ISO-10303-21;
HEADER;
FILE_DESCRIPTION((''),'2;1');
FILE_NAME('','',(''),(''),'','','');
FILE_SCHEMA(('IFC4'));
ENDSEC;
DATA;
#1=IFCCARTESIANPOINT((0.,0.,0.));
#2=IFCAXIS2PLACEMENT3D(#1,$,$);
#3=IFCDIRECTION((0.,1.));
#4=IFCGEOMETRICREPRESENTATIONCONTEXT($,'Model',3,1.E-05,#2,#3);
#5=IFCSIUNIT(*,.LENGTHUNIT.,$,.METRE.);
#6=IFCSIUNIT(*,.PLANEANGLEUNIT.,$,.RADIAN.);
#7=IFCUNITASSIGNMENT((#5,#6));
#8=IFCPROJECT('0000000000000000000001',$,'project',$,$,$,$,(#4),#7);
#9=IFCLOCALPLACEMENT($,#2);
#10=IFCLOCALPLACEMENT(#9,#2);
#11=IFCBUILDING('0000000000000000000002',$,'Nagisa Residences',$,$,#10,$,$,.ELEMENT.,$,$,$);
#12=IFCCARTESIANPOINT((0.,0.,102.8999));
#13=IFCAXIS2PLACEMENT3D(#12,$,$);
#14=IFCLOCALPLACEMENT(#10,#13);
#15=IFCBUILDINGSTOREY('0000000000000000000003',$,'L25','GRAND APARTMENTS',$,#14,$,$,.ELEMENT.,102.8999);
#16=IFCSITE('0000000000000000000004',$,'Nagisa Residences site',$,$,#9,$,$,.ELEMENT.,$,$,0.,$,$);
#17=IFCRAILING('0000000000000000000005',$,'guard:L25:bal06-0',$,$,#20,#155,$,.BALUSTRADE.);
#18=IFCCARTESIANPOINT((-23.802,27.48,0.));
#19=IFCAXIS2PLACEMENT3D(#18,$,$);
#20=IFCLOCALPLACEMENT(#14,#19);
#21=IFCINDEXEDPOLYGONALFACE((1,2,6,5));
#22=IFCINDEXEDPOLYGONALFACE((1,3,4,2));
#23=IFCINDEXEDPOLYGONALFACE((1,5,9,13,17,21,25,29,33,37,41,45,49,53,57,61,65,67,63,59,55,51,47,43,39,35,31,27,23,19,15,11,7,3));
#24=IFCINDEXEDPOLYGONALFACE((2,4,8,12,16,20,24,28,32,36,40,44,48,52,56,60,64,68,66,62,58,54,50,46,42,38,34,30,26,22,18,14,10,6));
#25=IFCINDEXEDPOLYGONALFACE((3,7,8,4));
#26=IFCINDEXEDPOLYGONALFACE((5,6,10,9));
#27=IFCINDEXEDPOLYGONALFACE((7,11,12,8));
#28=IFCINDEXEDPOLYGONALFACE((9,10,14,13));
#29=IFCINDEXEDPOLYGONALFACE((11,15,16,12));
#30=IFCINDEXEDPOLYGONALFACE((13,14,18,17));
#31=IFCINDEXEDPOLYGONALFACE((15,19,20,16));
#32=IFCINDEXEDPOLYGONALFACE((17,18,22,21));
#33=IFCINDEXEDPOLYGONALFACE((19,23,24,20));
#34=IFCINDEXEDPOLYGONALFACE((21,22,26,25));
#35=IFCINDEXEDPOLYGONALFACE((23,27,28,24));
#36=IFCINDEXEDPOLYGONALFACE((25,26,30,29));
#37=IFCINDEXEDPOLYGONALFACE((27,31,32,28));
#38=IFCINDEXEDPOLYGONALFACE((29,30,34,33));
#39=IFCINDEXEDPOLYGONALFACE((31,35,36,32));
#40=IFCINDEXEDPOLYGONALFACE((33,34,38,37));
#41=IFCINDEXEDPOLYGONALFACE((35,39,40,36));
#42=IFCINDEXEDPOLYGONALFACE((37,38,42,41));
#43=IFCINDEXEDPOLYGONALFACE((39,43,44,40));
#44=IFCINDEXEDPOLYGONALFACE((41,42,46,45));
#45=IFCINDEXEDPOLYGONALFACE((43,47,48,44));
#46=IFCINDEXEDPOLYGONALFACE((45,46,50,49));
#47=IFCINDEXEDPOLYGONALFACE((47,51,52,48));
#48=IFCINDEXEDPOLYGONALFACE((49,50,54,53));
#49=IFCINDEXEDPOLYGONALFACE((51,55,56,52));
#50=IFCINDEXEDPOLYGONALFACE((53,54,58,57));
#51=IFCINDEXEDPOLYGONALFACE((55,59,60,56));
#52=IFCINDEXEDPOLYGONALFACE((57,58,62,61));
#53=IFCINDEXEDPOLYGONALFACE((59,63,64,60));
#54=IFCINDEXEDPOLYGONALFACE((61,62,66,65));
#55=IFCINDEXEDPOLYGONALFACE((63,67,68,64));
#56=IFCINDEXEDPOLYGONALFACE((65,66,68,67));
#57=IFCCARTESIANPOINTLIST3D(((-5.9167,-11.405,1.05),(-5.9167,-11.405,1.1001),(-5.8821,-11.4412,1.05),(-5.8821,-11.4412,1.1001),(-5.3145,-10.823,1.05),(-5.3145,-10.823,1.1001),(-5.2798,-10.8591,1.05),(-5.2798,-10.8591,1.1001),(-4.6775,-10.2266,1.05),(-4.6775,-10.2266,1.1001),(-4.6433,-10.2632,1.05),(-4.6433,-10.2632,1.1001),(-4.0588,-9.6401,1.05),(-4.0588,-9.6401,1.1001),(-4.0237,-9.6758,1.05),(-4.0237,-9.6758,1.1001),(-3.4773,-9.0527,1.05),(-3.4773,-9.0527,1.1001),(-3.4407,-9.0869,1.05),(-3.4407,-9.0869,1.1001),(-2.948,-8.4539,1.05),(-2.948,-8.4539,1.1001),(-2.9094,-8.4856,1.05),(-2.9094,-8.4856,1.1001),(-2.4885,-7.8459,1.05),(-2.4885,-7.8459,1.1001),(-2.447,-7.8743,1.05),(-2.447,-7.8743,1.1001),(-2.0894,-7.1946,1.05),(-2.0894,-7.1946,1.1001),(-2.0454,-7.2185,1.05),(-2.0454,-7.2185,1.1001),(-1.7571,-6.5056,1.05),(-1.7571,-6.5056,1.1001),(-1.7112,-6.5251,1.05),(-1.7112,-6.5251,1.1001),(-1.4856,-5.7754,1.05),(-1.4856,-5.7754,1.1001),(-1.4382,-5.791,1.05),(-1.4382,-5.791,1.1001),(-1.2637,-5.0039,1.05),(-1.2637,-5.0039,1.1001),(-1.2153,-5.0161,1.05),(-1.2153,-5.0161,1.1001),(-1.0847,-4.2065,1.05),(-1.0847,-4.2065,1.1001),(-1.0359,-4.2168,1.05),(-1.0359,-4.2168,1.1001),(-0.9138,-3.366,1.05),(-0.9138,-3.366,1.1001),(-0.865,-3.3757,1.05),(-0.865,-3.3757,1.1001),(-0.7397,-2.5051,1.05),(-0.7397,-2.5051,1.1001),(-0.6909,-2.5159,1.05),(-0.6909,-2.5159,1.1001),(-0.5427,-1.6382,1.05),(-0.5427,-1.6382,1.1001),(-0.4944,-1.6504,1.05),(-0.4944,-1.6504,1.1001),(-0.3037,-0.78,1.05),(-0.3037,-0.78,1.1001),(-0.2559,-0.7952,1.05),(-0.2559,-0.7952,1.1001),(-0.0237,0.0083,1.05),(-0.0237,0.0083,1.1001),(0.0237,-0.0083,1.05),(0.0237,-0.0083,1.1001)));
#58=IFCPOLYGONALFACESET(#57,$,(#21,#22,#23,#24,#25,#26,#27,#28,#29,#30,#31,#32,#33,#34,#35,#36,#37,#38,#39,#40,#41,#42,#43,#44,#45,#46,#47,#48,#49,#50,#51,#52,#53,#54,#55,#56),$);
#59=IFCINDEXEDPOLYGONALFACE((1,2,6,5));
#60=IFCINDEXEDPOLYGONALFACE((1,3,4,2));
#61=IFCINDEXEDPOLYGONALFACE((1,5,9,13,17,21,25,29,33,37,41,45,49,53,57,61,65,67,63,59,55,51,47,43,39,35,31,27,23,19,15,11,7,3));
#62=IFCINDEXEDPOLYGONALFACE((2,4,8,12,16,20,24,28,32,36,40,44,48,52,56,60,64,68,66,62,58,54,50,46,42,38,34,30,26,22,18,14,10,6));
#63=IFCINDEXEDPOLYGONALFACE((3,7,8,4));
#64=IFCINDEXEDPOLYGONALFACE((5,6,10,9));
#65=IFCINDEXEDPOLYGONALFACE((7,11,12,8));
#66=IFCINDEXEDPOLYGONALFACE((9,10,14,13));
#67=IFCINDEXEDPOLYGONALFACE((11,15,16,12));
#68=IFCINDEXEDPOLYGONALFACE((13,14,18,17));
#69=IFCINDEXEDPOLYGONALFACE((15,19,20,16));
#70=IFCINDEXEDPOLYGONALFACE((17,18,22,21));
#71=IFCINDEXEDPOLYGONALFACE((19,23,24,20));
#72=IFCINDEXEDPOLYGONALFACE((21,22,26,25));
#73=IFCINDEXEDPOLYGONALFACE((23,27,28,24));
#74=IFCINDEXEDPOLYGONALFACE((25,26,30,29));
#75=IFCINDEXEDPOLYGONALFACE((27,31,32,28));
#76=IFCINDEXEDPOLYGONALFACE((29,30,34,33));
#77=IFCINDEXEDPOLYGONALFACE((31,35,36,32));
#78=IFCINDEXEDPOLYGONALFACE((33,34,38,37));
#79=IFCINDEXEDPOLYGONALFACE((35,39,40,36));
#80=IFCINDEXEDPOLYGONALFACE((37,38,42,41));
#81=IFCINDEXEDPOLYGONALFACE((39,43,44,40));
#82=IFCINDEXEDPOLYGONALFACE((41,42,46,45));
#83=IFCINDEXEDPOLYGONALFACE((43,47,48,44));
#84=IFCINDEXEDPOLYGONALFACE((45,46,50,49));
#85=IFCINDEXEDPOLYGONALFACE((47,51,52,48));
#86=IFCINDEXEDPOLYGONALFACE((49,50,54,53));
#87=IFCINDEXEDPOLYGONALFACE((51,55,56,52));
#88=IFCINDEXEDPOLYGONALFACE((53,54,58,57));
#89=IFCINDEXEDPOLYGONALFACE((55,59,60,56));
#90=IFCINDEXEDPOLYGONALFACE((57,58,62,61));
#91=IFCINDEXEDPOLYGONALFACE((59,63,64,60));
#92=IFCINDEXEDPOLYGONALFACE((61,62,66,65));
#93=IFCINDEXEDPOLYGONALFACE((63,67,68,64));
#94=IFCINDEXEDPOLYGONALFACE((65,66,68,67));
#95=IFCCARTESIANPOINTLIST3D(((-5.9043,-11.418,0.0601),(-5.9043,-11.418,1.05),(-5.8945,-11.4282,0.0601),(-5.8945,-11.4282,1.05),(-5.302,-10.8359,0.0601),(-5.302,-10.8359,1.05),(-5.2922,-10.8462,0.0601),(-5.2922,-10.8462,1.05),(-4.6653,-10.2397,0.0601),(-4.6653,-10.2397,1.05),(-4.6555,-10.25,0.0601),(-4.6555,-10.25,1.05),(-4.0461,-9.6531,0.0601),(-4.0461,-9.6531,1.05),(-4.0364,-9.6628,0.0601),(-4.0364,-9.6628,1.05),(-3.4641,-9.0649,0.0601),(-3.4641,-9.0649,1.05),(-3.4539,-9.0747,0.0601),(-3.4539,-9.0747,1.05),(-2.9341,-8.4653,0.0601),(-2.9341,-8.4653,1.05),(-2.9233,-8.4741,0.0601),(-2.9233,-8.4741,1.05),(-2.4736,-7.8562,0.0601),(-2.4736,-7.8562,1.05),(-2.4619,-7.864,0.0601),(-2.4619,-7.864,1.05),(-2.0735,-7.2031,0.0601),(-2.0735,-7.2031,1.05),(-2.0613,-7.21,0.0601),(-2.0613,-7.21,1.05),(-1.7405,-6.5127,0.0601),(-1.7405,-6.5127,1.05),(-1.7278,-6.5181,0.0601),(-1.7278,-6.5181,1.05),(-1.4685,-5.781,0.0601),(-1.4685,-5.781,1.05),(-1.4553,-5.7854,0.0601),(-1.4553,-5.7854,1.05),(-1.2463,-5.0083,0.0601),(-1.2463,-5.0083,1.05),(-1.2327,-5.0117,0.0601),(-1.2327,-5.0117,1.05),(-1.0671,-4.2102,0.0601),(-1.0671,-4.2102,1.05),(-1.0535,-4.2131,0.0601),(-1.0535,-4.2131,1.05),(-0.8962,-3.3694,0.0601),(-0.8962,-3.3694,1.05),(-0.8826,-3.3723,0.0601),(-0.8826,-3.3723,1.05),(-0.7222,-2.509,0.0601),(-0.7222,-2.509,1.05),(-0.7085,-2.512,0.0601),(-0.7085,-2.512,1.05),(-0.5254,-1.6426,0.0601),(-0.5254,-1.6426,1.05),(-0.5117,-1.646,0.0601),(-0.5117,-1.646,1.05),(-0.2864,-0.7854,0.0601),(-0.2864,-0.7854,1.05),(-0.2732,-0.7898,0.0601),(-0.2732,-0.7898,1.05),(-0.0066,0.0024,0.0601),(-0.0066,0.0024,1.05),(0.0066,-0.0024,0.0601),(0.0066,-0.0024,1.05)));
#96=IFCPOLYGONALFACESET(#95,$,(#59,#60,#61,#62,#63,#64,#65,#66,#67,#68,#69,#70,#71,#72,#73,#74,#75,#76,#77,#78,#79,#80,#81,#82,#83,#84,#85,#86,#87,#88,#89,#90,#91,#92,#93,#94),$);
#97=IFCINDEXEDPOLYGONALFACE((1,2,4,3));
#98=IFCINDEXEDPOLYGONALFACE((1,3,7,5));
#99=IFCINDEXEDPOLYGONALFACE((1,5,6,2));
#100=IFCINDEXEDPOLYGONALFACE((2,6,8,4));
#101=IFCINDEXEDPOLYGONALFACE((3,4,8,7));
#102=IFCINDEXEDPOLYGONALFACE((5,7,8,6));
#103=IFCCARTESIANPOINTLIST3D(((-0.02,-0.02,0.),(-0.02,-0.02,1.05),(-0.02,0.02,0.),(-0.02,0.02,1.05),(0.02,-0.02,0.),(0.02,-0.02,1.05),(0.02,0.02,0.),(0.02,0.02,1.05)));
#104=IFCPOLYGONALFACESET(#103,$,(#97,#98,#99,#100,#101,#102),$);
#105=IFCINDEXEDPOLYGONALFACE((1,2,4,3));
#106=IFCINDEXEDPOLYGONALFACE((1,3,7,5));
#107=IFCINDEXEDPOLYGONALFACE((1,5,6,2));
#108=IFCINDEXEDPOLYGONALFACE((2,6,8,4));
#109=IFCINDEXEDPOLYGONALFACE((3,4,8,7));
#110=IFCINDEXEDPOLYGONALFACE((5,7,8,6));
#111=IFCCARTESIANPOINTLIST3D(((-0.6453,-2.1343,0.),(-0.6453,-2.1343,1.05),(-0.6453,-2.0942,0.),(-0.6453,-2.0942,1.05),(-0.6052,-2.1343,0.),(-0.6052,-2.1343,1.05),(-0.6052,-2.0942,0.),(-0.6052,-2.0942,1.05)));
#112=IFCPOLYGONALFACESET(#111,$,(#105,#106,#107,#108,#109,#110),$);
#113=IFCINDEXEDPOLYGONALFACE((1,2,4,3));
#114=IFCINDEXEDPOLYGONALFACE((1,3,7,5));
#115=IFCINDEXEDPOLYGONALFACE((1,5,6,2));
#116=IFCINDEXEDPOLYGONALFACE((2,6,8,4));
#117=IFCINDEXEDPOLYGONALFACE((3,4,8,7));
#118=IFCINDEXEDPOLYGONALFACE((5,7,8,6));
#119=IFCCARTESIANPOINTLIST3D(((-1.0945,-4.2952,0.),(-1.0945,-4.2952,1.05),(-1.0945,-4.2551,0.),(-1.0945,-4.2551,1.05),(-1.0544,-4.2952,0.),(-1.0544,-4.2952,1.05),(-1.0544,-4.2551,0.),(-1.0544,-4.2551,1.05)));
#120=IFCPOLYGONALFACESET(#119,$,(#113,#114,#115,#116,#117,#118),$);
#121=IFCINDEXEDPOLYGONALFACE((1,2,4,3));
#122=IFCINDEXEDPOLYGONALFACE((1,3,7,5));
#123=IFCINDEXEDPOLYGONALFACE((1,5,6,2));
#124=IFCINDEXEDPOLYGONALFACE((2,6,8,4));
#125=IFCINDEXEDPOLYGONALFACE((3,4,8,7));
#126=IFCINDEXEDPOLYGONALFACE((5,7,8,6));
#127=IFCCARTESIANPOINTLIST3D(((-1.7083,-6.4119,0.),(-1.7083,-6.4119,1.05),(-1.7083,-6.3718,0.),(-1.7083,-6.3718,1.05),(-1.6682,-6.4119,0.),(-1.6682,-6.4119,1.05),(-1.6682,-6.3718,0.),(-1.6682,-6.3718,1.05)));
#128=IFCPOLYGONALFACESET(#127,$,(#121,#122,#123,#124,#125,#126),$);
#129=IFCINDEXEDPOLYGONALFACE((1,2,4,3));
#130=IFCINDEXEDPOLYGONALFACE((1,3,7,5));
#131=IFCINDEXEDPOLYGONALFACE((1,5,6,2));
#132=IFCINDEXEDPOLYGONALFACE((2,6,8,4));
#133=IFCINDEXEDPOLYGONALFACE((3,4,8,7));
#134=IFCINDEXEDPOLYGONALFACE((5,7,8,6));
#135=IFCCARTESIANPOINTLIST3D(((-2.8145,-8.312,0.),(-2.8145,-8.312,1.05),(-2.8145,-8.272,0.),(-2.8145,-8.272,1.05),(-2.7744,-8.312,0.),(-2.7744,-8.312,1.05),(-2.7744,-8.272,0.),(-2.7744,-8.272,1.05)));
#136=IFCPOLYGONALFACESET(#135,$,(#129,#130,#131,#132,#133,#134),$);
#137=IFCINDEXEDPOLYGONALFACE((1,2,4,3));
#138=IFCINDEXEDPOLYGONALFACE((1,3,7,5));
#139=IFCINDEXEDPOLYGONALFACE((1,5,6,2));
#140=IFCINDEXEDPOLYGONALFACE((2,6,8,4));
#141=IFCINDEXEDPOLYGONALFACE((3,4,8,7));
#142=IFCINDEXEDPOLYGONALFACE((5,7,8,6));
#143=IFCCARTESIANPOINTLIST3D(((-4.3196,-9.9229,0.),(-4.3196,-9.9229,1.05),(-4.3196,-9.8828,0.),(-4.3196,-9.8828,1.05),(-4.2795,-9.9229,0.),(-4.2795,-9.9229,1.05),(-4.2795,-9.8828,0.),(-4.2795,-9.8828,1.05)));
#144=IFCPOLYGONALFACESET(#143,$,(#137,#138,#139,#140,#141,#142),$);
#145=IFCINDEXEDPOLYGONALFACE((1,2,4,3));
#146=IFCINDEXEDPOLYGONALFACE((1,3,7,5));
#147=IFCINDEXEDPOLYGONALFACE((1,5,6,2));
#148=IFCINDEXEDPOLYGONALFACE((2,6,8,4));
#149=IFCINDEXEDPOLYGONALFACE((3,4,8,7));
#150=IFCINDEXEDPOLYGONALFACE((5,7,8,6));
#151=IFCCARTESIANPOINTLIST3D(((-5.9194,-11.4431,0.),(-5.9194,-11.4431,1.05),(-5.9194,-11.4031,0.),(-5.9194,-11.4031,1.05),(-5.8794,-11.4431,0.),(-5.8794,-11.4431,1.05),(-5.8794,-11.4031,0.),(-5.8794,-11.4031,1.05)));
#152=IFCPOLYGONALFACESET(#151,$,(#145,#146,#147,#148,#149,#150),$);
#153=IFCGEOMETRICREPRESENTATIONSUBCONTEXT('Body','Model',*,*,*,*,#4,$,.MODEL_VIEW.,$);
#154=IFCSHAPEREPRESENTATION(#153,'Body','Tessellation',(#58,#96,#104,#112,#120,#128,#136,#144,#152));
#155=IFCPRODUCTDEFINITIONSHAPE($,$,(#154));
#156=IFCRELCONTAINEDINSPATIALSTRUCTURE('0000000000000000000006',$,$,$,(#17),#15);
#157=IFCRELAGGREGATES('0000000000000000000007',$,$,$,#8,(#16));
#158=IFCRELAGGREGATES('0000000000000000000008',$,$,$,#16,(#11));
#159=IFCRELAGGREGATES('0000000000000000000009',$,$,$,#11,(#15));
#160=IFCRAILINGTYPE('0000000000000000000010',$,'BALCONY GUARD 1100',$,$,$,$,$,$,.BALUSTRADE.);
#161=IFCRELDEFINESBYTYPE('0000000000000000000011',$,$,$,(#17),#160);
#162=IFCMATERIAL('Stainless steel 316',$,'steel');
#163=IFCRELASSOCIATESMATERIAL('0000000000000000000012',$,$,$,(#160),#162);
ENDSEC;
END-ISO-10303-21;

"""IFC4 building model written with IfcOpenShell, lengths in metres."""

from ifc_helpers import new_model, si_unit, direction, frame, origin, origin_2d, place, context, subcontext, project, spatial, polyline, rectangle, outline, extrude, material, type_object, element, save


model = new_model("IFC4")

# Units and contexts
model_context = context("Model", 3, precision=1e-05, world=origin(), true_north=direction((0.0, 1.0)))
body_context = subcontext(model_context, "Body", "Model", "MODEL_VIEW")
ifc_project = project(units=[si_unit("LENGTHUNIT", "METRE"), si_unit("PLANEANGLEUNIT", "RADIAN")], contexts=[model_context])

# Site, building, storey
site_placement = place(None, origin())
site = spatial("IfcSite", under=ifc_project, at=site_placement, Name="Nagisa Residences site", CompositionType="ELEMENT", RefElevation=0.0)
building_placement = place(site_placement, origin())
building = spatial("IfcBuilding", under=site, at=building_placement, Name="Nagisa Residences", CompositionType="ELEMENT")
storey_placement = place(building_placement, frame((0.0, 0.0, 102.8999)))
storey = spatial("IfcBuildingStorey", under=building, at=storey_placement, Name="L25", Description="GRAND APARTMENTS", CompositionType="ELEMENT", Elevation=102.8999)

# Railing
ifc_material_1 = material(Name="Stainless steel 316", Category="steel")
railing_type = type_object("IfcRailingType", Name="BALCONY GUARD 1100", PredefinedType="BALUSTRADE", material=ifc_material_1)
railing_placement = place(storey_placement, frame((-23.802, 27.48, 0.0)))
element("IfcRailing", 1, at=railing_placement, inside=storey, type_object=railing_type, Name="guard:L25:bal06-0", PredefinedType="BALUSTRADE", context=body_context, shape_type="SweptSolid", body=[
    extrude(outline(polyline([(-0.2559, -0.7952), (0.0237, -0.0083), (-0.0237, 0.0083), (-0.3037, -0.78), (-0.5427, -1.6382), (-0.7397, -2.5051), (-0.9138, -3.366), (-1.0847, -4.2065), (-1.2637, -5.0039), (-1.4856, -5.7754), (-1.7571, -6.5056), (-2.0894, -7.1946), (-2.4885, -7.8459), (-2.948, -8.4539), (-3.4773, -9.0527), (-4.0588, -9.6401), (-4.6775, -10.2266), (-5.3145, -10.823), (-5.9167, -11.405), (-5.8821, -11.4412), (-5.2798, -10.8591), (-4.6433, -10.2632), (-4.0237, -9.6758), (-3.4407, -9.0869), (-2.9094, -8.4856), (-2.447, -7.8743), (-2.0454, -7.2185), (-1.7112, -6.5251), (-1.4382, -5.791), (-1.2153, -5.0161), (-1.0359, -4.2168), (-0.865, -3.3757), (-0.6909, -2.5159), (-0.4944, -1.6504), (-0.2559, -0.7952)])), frame((0.0, 0.0, 1.05)), (0.0, 0.0, 1.0), 0.05),
    extrude(outline(polyline([(-0.2732, -0.7898), (0.0066, -0.0024), (-0.0066, 0.0024), (-0.2864, -0.7854), (-0.5254, -1.6426), (-0.7222, -2.509), (-0.8962, -3.3694), (-1.0671, -4.2102), (-1.2463, -5.0083), (-1.4685, -5.781), (-1.7405, -6.5127), (-2.0735, -7.2031), (-2.4736, -7.8562), (-2.9341, -8.4653), (-3.4641, -9.0649), (-4.0461, -9.6531), (-4.6653, -10.2397), (-5.302, -10.8359), (-5.9043, -11.418), (-5.8945, -11.4282), (-5.2922, -10.8462), (-4.6555, -10.25), (-4.0364, -9.6628), (-3.4539, -9.0747), (-2.9233, -8.4741), (-2.4619, -7.864), (-2.0613, -7.21), (-1.7278, -6.5181), (-1.4553, -5.7854), (-1.2327, -5.0117), (-1.0535, -4.2131), (-0.8826, -3.3723), (-0.7085, -2.512), (-0.5117, -1.646), (-0.2732, -0.7898)])), frame((0.0, 0.0, 0.0601)), (0.0, 0.0, 1.0), 0.99),
    extrude(rectangle(XDim=0.04, YDim=0.04, at=origin_2d()), origin(), (0.0, 0.0, 1.0), 1.05),
    extrude(rectangle(XDim=0.04, YDim=0.04, at=origin_2d()), frame((-0.6252, -2.1143, 0.0)), (0.0, 0.0, 1.0), 1.05),
    extrude(rectangle(XDim=0.04, YDim=0.04, at=origin_2d()), frame((-1.0745, -4.2751, 0.0)), (0.0, 0.0, 1.0), 1.05),
    extrude(rectangle(XDim=0.04, YDim=0.04, at=origin_2d()), frame((-1.6882, -6.3918, 0.0)), (0.0, 0.0, 1.0), 1.05),
    extrude(rectangle(XDim=0.04, YDim=0.04, at=origin_2d()), frame((-2.7944, -8.292, 0.0)), (0.0, 0.0, 1.0), 1.05),
    extrude(rectangle(XDim=0.04, YDim=0.04, at=origin_2d()), frame((-4.2996, -9.9028, 0.0)), (0.0, 0.0, 1.0), 1.05),
    extrude(rectangle(XDim=0.04, YDim=0.04, at=origin_2d()), frame((-5.8994, -11.4231, 0.0)), (0.0, 0.0, 1.0), 1.05),
])

save(model, "model.ifc")
